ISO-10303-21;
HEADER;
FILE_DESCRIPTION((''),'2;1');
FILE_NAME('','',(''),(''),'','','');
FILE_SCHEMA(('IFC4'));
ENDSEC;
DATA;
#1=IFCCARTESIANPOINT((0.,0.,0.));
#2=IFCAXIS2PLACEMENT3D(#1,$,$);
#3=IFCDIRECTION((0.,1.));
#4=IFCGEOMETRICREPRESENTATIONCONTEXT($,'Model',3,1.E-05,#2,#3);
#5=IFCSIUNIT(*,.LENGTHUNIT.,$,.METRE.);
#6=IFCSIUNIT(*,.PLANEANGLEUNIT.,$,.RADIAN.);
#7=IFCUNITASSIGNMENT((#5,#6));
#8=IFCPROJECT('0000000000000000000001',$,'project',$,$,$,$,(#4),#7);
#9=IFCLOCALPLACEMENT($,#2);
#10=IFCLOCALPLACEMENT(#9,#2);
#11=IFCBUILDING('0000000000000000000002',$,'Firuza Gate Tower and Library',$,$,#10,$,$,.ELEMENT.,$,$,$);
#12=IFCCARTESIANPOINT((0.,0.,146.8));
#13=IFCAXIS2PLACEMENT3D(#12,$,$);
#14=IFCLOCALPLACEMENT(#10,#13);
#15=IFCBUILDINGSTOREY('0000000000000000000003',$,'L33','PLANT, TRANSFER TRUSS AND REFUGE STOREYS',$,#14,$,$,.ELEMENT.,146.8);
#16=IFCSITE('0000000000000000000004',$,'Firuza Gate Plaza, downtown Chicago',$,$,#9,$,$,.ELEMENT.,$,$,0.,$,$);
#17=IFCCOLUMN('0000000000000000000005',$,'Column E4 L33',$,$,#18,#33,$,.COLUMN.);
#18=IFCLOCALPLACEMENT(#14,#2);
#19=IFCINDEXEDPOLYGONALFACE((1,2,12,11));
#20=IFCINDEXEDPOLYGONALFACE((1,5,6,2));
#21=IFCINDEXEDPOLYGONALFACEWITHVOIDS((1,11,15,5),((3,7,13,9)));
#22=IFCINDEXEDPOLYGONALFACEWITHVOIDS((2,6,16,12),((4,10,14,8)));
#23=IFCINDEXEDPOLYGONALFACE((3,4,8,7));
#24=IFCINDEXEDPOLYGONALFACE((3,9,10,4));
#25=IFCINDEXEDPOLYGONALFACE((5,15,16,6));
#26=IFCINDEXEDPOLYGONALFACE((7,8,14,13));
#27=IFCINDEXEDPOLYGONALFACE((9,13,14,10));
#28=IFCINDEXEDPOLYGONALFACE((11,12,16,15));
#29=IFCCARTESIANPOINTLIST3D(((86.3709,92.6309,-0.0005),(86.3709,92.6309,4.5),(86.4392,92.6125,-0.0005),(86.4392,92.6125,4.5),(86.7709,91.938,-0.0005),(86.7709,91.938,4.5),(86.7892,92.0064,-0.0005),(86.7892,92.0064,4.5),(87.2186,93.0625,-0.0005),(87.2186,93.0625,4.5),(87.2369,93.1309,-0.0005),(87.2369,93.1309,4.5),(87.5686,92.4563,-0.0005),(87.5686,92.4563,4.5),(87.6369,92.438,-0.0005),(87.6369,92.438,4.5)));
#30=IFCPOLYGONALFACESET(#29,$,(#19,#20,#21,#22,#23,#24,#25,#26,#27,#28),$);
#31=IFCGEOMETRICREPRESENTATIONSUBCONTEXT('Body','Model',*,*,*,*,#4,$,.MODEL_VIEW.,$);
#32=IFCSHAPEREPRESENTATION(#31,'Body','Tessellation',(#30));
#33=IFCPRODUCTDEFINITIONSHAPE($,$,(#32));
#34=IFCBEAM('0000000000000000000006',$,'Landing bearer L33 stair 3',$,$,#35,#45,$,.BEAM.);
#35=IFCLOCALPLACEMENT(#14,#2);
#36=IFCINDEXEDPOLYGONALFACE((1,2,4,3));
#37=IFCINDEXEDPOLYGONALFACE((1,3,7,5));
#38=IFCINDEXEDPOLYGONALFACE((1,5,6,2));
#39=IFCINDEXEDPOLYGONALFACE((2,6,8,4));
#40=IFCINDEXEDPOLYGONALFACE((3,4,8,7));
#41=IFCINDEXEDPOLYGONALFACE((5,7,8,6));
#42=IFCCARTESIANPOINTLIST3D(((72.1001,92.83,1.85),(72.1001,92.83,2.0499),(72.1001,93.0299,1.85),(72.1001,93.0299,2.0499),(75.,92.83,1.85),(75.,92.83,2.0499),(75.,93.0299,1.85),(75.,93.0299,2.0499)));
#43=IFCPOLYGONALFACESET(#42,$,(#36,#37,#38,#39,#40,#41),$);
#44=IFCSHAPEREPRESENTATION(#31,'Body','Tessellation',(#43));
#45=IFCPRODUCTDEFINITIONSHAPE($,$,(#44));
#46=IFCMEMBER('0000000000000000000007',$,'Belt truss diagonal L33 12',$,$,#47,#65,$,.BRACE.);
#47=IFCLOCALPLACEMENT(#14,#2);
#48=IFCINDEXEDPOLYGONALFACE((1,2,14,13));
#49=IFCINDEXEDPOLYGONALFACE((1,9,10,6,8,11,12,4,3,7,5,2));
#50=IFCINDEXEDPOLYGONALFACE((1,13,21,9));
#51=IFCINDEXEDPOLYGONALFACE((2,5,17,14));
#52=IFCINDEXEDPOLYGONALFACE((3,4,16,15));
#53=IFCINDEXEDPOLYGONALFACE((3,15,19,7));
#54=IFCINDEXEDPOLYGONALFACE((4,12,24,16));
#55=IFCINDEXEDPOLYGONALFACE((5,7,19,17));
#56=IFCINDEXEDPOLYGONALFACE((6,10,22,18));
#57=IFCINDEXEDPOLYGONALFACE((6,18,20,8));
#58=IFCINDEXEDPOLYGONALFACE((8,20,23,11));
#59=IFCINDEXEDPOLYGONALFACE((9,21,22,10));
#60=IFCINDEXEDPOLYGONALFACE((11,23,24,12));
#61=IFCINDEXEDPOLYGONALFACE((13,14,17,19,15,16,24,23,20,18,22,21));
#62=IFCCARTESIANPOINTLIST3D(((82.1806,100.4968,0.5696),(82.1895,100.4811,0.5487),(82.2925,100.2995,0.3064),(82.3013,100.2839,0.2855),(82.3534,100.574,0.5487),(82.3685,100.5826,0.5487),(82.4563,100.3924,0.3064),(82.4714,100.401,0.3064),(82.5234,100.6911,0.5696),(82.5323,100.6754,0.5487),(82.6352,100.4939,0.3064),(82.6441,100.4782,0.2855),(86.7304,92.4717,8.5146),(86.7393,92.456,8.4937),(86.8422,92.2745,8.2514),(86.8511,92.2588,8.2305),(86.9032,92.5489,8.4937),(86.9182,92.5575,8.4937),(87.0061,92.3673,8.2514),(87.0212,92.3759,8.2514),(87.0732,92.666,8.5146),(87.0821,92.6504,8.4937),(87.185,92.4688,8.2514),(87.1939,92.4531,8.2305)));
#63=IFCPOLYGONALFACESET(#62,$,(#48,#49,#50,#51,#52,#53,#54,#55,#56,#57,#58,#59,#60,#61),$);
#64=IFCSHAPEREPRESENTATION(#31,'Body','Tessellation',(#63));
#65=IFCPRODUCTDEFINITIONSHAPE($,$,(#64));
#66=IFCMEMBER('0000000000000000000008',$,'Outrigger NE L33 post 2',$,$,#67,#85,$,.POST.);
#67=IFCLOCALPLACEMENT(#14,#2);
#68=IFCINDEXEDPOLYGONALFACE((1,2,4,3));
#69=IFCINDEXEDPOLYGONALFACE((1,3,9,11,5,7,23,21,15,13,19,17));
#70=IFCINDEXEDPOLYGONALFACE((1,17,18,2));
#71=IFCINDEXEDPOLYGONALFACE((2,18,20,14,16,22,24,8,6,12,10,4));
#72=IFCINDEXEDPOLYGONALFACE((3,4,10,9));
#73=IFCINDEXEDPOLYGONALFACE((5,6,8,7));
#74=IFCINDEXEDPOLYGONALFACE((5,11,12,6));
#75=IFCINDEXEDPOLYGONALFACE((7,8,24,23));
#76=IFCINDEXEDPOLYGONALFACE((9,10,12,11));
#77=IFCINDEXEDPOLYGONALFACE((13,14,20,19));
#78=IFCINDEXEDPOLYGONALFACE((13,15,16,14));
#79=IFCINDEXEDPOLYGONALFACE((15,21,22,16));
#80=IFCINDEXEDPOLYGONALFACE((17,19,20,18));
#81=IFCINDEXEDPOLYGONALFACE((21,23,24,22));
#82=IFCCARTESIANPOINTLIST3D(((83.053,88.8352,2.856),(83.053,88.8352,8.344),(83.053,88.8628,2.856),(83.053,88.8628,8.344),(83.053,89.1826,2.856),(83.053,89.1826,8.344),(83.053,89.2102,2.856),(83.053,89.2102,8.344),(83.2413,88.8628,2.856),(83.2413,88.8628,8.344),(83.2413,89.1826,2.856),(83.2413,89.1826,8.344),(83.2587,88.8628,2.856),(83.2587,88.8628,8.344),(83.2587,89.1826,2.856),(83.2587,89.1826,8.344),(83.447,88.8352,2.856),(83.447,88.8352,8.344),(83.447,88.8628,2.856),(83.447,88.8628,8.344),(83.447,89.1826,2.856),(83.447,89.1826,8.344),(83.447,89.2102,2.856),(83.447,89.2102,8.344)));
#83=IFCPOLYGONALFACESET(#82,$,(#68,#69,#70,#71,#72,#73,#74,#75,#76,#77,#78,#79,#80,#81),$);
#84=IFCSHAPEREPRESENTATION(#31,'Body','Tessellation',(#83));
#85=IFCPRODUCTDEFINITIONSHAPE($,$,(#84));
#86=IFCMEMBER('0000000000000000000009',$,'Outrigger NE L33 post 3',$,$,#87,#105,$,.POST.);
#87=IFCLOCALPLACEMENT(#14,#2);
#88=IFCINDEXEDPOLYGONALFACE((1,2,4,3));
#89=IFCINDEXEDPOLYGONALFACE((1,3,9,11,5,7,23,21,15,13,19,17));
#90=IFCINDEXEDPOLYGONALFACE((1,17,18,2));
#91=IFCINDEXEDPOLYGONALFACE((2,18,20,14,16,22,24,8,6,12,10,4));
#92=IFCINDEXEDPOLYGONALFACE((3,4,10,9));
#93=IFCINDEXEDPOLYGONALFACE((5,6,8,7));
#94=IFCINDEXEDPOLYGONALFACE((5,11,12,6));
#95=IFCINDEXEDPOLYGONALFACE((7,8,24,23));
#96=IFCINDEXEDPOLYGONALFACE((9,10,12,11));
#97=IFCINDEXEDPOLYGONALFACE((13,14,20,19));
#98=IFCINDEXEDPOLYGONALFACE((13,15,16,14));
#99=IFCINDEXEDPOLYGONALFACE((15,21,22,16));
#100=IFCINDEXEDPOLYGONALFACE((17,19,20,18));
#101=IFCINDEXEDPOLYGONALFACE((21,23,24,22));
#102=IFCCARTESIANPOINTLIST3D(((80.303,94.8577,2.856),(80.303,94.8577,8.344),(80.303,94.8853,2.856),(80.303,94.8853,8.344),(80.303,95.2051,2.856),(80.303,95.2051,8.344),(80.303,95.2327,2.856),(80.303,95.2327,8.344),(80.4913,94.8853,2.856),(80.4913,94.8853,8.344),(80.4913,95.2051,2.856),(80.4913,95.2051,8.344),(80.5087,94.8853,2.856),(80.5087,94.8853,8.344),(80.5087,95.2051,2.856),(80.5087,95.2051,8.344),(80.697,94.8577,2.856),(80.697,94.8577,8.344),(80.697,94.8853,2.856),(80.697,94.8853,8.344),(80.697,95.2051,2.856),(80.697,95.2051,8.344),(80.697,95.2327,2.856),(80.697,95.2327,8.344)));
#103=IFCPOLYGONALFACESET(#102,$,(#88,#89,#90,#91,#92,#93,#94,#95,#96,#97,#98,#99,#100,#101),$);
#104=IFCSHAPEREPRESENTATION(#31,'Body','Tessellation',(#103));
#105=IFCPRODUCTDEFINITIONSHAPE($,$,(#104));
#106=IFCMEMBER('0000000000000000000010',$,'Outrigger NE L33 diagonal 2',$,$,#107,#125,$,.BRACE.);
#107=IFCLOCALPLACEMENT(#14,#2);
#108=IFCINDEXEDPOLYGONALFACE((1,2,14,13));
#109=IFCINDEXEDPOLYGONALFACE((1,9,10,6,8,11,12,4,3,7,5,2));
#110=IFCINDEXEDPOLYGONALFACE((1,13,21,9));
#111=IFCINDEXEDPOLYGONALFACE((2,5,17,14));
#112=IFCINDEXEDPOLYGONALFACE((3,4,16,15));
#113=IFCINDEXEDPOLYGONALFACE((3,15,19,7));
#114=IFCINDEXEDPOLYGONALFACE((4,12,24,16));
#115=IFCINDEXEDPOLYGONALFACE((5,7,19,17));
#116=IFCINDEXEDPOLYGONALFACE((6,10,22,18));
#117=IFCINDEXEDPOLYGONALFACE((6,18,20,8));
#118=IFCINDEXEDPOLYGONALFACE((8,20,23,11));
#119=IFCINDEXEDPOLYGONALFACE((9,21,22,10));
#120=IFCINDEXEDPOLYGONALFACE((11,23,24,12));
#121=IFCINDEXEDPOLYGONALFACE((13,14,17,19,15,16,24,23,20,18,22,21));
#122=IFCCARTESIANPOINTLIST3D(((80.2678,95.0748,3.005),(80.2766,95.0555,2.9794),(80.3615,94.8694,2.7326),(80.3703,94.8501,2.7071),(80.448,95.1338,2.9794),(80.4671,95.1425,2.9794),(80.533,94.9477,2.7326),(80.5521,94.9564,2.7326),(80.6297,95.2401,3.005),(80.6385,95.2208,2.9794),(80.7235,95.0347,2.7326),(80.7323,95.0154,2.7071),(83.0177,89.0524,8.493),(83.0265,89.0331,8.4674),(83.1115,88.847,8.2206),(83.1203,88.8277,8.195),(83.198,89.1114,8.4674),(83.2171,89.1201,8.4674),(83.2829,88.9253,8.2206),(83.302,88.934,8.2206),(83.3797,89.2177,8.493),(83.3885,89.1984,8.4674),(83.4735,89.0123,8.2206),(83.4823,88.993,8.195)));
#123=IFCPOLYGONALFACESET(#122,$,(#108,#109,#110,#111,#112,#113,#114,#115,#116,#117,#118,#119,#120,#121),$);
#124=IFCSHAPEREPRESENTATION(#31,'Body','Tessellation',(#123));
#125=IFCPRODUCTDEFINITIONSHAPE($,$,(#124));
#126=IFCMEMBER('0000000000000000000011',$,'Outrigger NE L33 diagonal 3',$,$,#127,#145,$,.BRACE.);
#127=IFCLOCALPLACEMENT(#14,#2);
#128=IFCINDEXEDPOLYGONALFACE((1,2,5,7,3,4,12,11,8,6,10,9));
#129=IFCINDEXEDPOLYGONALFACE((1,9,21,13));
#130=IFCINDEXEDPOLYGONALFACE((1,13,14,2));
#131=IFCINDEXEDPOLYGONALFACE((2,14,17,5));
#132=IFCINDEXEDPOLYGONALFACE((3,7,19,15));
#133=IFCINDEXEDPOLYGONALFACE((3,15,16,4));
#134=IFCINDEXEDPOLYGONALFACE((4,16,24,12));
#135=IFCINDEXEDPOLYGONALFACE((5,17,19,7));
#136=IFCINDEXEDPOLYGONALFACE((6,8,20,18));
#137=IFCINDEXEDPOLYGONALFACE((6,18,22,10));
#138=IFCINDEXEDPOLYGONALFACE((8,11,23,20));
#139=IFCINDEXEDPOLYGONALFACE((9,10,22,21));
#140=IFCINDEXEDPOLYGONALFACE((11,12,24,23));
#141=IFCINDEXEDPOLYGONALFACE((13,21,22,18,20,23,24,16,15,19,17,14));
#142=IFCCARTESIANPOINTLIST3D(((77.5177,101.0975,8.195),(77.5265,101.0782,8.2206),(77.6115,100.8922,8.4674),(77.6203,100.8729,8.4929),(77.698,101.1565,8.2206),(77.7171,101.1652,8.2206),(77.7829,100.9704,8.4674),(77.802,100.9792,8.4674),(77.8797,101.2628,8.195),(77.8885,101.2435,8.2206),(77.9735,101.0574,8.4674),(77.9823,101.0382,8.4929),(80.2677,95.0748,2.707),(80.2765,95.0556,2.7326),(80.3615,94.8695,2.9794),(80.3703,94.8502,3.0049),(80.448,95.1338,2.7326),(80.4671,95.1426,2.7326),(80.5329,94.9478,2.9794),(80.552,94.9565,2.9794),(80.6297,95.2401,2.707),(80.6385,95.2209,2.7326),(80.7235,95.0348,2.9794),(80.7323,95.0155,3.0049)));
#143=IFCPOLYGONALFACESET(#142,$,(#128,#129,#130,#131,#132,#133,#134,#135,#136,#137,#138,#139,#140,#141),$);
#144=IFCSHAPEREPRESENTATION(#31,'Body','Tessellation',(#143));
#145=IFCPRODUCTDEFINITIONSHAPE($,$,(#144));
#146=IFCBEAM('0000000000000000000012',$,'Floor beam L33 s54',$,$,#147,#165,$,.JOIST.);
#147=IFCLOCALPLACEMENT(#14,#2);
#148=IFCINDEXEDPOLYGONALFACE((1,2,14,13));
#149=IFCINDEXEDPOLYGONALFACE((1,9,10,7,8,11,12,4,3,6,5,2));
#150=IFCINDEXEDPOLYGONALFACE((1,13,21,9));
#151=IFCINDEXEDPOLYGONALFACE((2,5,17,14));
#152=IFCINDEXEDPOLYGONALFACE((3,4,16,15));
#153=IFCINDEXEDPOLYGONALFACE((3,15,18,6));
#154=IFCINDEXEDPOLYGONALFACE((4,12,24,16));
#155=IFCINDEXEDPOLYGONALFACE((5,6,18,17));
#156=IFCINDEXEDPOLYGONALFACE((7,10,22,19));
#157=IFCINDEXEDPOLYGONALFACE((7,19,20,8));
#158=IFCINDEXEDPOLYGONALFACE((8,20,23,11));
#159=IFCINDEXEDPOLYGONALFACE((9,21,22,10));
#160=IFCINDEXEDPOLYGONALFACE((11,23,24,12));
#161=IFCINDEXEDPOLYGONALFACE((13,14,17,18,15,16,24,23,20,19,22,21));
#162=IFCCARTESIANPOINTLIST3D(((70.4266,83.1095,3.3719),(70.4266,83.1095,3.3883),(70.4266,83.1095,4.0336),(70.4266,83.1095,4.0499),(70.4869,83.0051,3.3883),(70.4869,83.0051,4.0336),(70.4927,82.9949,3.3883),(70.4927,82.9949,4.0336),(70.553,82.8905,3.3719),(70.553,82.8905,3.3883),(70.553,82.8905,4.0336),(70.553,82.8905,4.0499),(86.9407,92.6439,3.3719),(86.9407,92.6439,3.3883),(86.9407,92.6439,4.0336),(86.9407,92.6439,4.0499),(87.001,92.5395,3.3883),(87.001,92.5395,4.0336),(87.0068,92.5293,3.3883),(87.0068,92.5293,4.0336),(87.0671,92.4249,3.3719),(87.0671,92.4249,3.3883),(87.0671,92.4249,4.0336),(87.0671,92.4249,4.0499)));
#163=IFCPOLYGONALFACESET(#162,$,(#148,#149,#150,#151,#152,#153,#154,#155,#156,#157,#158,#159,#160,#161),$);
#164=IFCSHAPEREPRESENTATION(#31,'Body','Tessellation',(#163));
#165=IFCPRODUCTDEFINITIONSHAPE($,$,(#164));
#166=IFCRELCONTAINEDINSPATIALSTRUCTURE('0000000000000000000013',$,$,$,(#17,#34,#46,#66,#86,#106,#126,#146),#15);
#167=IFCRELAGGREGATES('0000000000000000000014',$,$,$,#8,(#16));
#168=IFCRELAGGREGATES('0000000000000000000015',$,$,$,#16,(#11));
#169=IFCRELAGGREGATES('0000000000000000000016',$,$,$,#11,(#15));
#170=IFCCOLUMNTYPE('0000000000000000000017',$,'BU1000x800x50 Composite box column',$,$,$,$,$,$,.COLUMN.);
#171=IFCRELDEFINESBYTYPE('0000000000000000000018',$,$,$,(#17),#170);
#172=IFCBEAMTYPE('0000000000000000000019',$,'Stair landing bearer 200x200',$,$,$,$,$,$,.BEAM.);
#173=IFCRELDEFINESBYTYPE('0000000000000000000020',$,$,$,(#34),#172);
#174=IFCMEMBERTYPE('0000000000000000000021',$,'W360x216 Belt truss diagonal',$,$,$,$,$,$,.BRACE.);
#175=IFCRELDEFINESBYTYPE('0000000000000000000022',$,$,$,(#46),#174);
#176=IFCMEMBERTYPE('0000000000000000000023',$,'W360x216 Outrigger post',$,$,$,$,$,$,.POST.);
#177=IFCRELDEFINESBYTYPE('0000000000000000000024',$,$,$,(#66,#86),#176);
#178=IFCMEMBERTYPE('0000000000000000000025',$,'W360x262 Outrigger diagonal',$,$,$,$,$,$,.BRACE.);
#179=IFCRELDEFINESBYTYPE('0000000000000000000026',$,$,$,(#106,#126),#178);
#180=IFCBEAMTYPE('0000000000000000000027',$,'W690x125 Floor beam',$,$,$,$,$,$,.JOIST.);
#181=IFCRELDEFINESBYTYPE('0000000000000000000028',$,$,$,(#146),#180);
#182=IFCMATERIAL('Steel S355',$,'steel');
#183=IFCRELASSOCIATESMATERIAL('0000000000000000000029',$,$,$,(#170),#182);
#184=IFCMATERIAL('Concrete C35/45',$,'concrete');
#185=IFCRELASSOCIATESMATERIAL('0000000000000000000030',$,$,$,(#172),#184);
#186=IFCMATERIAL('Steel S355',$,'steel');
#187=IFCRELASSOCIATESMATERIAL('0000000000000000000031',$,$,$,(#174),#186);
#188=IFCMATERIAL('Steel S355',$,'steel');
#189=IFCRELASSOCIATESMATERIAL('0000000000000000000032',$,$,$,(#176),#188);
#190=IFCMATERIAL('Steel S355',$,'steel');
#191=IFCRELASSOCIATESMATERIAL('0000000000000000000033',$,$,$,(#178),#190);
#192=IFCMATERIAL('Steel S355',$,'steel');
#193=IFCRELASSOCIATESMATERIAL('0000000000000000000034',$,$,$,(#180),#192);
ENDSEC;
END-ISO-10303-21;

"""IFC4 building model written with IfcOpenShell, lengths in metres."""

from ifc_helpers import new_model, si_unit, direction, frame, origin, origin_2d, place, context, subcontext, project, spatial, rectangle, hollow_rectangle, i_section, extrude, material, material_profile, profile_set, type_object, element, save


model = new_model("IFC4")

# Units and contexts
model_context = context("Model", 3, precision=1e-05, world=origin(), true_north=direction((0.0, 1.0)))
body_context = subcontext(model_context, "Body", "Model", "MODEL_VIEW")
ifc_project = project(units=[si_unit("LENGTHUNIT", "METRE"), si_unit("PLANEANGLEUNIT", "RADIAN")], contexts=[model_context])

# Site, building, storey
site_placement = place(None, origin())
site = spatial("IfcSite", under=ifc_project, at=site_placement, Name="Firuza Gate Plaza, downtown Chicago", CompositionType="ELEMENT", RefElevation=0.0)
building_placement = place(site_placement, origin())
building = spatial("IfcBuilding", under=site, at=building_placement, Name="Firuza Gate Tower and Library", CompositionType="ELEMENT")
storey_placement = place(building_placement, frame((0.0, 0.0, 146.8)))
storey = spatial("IfcBuildingStorey", under=building, at=storey_placement, Name="L33", Description="PLANT, TRANSFER TRUSS AND REFUGE STOREYS", CompositionType="ELEMENT", Elevation=146.8)

# Column
ifc_material_1 = material(Name="Steel S355", Category="steel")
ifc_material_profile_1 = material_profile(ifc_material_1, hollow_rectangle(XDim=0.8, YDim=1.0, WallThickness=0.05, at=origin_2d()))
ifc_profile_set_1 = profile_set([ifc_material_profile_1], Name="Steel S355")
column_type = type_object("IfcColumnType", Name="BU1000x800x50 Composite box column", PredefinedType="COLUMN", material=ifc_profile_set_1)
column_placement = place(storey_placement, frame((87.0039, 92.5344, -0.0005), z_axis=(0.0, 0.0, 1.0), x_axis=(-0.5, 0.866025, 0.0)))
element("IfcColumn", 1, at=column_placement, inside=storey, type_object=column_type, Name="Column E4 L33", PredefinedType="COLUMN", context=body_context, shape_type="SweptSolid", body=[
    extrude(hollow_rectangle(XDim=0.8, YDim=1.0, WallThickness=0.05, at=origin_2d()), origin(), (0.0, 0.0, 1.0), 4.5005),
])

# Beam
ifc_material_2 = material(Name="Concrete C35/45", Category="concrete")
ifc_material_profile_2 = material_profile(ifc_material_2, rectangle(XDim=0.2, YDim=0.2, at=origin_2d()))
ifc_profile_set_2 = profile_set([ifc_material_profile_2], Name="Concrete C35/45")
beam_type_1 = type_object("IfcBeamType", Name="Stair landing bearer 200x200", PredefinedType="BEAM", material=ifc_profile_set_2)
beam_1_placement = place(storey_placement, frame((75.0, 92.9299, 1.95), z_axis=(-1.0, 0.0, 0.0), x_axis=(0.0, -1.0, 0.0)))
element("IfcBeam", 2, at=beam_1_placement, inside=storey, type_object=beam_type_1, Name="Landing bearer L33 stair 3", PredefinedType="BEAM", context=body_context, shape_type="SweptSolid", body=[
    extrude(rectangle(XDim=0.2, YDim=0.2, at=origin_2d()), origin(), (0.0, 0.0, 1.0), 2.8999),
])

# Members
ifc_material_3 = material(Name="Steel S355", Category="steel")
ifc_material_profile_3 = material_profile(ifc_material_3, i_section(OverallWidth=0.394, OverallDepth=0.375, WebThickness=0.0173, FlangeThickness=0.0276, at=origin_2d()))
ifc_profile_set_3 = profile_set([ifc_material_profile_3], Name="Steel S355")
member_type_1 = type_object("IfcMemberType", Name="W360x216 Belt truss diagonal", PredefinedType="BRACE", material=ifc_profile_set_3)
member_1_placement = place(storey_placement, frame((86.9622, 92.4624, 8.3726), z_axis=(-0.373704, 0.659156, -0.652579), x_axis=(-0.869919, -0.493195, 0.0)))
element("IfcMember", 3, at=member_1_placement, inside=storey, type_object=member_type_1, Name="Belt truss diagonal L33 12", PredefinedType="BRACE", context=body_context, shape_type="SweptSolid", body=[
    extrude(i_section(OverallWidth=0.394, OverallDepth=0.375, WebThickness=0.0173, FlangeThickness=0.0276, at=origin_2d()), origin(), (0.0, 0.0, 1.0), 12.1748),
])
ifc_material_4 = material(Name="Steel S355", Category="steel")
ifc_material_profile_4 = material_profile(ifc_material_4, i_section(OverallWidth=0.394, OverallDepth=0.375, WebThickness=0.0173, FlangeThickness=0.0276, at=origin_2d()))
ifc_profile_set_4 = profile_set([ifc_material_profile_4], Name="Steel S355")
member_type_2 = type_object("IfcMemberType", Name="W360x216 Outrigger post", PredefinedType="POST", material=ifc_profile_set_4)
for number, where, z_axis, x_axis, name in (
    (4, (83.25, 89.0227, 2.856), (0.0, 0.0, 1.0), (1.0, 0.0, 0.0), "Outrigger NE L33 post 2"),
    (5, (80.5, 95.0452, 2.856), (0.0, 0.0, 1.0), (1.0, 0.0, 0.0), "Outrigger NE L33 post 3"),
):
    element("IfcMember", number, at=place(storey_placement, frame(where, z_axis=z_axis, x_axis=x_axis)), inside=storey, type_object=member_type_2, Name=name, PredefinedType="POST", context=body_context, shape_type="SweptSolid", body=[
        extrude(i_section(OverallWidth=0.394, OverallDepth=0.375, WebThickness=0.0173, FlangeThickness=0.0276, at=origin_2d()), origin(), (0.0, 0.0, 1.0), 5.488),
    ])
ifc_material_5 = material(Name="Steel S355", Category="steel")
ifc_material_profile_5 = material_profile(ifc_material_5, i_section(OverallWidth=0.3979, OverallDepth=0.387, WebThickness=0.021, FlangeThickness=0.0332, at=origin_2d()))
ifc_profile_set_5 = profile_set([ifc_material_profile_5], Name="Steel S355")
member_type_3 = type_object("IfcMemberType", Name="W360x262 Outrigger diagonal", PredefinedType="BRACE", material=ifc_profile_set_5)
member_2_placement = place(storey_placement, frame((83.25, 89.0227, 8.344), z_axis=(-0.319787, 0.700328, -0.638182), x_axis=(-0.909653, -0.415369, 0.0)))
element("IfcMember", 6, at=member_2_placement, inside=storey, type_object=member_type_3, Name="Outrigger NE L33 diagonal 2", PredefinedType="BRACE", context=body_context, shape_type="SweptSolid", body=[
    extrude(i_section(OverallWidth=0.3979, OverallDepth=0.387, WebThickness=0.021, FlangeThickness=0.0332, at=origin_2d()), origin(), (0.0, 0.0, 1.0), 8.5994),
])
member_3_placement = place(storey_placement, frame((80.5, 95.0452, 2.856), z_axis=(-0.31978, 0.700343, 0.63817), x_axis=(-0.909659, -0.415355, 0.0)))
element("IfcMember", 7, at=member_3_placement, inside=storey, type_object=member_type_3, Name="Outrigger NE L33 diagonal 3", PredefinedType="BRACE", context=body_context, shape_type="SweptSolid", body=[
    extrude(i_section(OverallWidth=0.3979, OverallDepth=0.387, WebThickness=0.021, FlangeThickness=0.0332, at=origin_2d()), origin(), (0.0, 0.0, 1.0), 8.5996),
])

# Beam
ifc_material_6 = material(Name="Steel S355", Category="steel")
ifc_material_profile_6 = material_profile(ifc_material_6, i_section(OverallWidth=0.2529, OverallDepth=0.678, WebThickness=0.0117, FlangeThickness=0.0164, at=origin_2d()))
ifc_profile_set_6 = profile_set([ifc_material_profile_6], Name="Steel S355")
beam_type_2 = type_object("IfcBeamType", Name="W690x125 Floor beam", PredefinedType="JOIST", material=ifc_profile_set_6)
beam_2_placement = place(storey_placement, frame((87.0039, 92.5344, 3.7109), z_axis=(-0.866026, -0.499999, 0.0), x_axis=(0.499999, -0.866026, 0.0)))
element("IfcBeam", 8, at=beam_2_placement, inside=storey, type_object=beam_type_2, Name="Floor beam L33 s54", PredefinedType="JOIST", context=body_context, shape_type="SweptSolid", body=[
    extrude(i_section(OverallWidth=0.2529, OverallDepth=0.678, WebThickness=0.0117, FlangeThickness=0.0164, at=origin_2d()), origin(), (0.0, 0.0, 1.0), 19.0688),
])

save(model, "model.ifc")
